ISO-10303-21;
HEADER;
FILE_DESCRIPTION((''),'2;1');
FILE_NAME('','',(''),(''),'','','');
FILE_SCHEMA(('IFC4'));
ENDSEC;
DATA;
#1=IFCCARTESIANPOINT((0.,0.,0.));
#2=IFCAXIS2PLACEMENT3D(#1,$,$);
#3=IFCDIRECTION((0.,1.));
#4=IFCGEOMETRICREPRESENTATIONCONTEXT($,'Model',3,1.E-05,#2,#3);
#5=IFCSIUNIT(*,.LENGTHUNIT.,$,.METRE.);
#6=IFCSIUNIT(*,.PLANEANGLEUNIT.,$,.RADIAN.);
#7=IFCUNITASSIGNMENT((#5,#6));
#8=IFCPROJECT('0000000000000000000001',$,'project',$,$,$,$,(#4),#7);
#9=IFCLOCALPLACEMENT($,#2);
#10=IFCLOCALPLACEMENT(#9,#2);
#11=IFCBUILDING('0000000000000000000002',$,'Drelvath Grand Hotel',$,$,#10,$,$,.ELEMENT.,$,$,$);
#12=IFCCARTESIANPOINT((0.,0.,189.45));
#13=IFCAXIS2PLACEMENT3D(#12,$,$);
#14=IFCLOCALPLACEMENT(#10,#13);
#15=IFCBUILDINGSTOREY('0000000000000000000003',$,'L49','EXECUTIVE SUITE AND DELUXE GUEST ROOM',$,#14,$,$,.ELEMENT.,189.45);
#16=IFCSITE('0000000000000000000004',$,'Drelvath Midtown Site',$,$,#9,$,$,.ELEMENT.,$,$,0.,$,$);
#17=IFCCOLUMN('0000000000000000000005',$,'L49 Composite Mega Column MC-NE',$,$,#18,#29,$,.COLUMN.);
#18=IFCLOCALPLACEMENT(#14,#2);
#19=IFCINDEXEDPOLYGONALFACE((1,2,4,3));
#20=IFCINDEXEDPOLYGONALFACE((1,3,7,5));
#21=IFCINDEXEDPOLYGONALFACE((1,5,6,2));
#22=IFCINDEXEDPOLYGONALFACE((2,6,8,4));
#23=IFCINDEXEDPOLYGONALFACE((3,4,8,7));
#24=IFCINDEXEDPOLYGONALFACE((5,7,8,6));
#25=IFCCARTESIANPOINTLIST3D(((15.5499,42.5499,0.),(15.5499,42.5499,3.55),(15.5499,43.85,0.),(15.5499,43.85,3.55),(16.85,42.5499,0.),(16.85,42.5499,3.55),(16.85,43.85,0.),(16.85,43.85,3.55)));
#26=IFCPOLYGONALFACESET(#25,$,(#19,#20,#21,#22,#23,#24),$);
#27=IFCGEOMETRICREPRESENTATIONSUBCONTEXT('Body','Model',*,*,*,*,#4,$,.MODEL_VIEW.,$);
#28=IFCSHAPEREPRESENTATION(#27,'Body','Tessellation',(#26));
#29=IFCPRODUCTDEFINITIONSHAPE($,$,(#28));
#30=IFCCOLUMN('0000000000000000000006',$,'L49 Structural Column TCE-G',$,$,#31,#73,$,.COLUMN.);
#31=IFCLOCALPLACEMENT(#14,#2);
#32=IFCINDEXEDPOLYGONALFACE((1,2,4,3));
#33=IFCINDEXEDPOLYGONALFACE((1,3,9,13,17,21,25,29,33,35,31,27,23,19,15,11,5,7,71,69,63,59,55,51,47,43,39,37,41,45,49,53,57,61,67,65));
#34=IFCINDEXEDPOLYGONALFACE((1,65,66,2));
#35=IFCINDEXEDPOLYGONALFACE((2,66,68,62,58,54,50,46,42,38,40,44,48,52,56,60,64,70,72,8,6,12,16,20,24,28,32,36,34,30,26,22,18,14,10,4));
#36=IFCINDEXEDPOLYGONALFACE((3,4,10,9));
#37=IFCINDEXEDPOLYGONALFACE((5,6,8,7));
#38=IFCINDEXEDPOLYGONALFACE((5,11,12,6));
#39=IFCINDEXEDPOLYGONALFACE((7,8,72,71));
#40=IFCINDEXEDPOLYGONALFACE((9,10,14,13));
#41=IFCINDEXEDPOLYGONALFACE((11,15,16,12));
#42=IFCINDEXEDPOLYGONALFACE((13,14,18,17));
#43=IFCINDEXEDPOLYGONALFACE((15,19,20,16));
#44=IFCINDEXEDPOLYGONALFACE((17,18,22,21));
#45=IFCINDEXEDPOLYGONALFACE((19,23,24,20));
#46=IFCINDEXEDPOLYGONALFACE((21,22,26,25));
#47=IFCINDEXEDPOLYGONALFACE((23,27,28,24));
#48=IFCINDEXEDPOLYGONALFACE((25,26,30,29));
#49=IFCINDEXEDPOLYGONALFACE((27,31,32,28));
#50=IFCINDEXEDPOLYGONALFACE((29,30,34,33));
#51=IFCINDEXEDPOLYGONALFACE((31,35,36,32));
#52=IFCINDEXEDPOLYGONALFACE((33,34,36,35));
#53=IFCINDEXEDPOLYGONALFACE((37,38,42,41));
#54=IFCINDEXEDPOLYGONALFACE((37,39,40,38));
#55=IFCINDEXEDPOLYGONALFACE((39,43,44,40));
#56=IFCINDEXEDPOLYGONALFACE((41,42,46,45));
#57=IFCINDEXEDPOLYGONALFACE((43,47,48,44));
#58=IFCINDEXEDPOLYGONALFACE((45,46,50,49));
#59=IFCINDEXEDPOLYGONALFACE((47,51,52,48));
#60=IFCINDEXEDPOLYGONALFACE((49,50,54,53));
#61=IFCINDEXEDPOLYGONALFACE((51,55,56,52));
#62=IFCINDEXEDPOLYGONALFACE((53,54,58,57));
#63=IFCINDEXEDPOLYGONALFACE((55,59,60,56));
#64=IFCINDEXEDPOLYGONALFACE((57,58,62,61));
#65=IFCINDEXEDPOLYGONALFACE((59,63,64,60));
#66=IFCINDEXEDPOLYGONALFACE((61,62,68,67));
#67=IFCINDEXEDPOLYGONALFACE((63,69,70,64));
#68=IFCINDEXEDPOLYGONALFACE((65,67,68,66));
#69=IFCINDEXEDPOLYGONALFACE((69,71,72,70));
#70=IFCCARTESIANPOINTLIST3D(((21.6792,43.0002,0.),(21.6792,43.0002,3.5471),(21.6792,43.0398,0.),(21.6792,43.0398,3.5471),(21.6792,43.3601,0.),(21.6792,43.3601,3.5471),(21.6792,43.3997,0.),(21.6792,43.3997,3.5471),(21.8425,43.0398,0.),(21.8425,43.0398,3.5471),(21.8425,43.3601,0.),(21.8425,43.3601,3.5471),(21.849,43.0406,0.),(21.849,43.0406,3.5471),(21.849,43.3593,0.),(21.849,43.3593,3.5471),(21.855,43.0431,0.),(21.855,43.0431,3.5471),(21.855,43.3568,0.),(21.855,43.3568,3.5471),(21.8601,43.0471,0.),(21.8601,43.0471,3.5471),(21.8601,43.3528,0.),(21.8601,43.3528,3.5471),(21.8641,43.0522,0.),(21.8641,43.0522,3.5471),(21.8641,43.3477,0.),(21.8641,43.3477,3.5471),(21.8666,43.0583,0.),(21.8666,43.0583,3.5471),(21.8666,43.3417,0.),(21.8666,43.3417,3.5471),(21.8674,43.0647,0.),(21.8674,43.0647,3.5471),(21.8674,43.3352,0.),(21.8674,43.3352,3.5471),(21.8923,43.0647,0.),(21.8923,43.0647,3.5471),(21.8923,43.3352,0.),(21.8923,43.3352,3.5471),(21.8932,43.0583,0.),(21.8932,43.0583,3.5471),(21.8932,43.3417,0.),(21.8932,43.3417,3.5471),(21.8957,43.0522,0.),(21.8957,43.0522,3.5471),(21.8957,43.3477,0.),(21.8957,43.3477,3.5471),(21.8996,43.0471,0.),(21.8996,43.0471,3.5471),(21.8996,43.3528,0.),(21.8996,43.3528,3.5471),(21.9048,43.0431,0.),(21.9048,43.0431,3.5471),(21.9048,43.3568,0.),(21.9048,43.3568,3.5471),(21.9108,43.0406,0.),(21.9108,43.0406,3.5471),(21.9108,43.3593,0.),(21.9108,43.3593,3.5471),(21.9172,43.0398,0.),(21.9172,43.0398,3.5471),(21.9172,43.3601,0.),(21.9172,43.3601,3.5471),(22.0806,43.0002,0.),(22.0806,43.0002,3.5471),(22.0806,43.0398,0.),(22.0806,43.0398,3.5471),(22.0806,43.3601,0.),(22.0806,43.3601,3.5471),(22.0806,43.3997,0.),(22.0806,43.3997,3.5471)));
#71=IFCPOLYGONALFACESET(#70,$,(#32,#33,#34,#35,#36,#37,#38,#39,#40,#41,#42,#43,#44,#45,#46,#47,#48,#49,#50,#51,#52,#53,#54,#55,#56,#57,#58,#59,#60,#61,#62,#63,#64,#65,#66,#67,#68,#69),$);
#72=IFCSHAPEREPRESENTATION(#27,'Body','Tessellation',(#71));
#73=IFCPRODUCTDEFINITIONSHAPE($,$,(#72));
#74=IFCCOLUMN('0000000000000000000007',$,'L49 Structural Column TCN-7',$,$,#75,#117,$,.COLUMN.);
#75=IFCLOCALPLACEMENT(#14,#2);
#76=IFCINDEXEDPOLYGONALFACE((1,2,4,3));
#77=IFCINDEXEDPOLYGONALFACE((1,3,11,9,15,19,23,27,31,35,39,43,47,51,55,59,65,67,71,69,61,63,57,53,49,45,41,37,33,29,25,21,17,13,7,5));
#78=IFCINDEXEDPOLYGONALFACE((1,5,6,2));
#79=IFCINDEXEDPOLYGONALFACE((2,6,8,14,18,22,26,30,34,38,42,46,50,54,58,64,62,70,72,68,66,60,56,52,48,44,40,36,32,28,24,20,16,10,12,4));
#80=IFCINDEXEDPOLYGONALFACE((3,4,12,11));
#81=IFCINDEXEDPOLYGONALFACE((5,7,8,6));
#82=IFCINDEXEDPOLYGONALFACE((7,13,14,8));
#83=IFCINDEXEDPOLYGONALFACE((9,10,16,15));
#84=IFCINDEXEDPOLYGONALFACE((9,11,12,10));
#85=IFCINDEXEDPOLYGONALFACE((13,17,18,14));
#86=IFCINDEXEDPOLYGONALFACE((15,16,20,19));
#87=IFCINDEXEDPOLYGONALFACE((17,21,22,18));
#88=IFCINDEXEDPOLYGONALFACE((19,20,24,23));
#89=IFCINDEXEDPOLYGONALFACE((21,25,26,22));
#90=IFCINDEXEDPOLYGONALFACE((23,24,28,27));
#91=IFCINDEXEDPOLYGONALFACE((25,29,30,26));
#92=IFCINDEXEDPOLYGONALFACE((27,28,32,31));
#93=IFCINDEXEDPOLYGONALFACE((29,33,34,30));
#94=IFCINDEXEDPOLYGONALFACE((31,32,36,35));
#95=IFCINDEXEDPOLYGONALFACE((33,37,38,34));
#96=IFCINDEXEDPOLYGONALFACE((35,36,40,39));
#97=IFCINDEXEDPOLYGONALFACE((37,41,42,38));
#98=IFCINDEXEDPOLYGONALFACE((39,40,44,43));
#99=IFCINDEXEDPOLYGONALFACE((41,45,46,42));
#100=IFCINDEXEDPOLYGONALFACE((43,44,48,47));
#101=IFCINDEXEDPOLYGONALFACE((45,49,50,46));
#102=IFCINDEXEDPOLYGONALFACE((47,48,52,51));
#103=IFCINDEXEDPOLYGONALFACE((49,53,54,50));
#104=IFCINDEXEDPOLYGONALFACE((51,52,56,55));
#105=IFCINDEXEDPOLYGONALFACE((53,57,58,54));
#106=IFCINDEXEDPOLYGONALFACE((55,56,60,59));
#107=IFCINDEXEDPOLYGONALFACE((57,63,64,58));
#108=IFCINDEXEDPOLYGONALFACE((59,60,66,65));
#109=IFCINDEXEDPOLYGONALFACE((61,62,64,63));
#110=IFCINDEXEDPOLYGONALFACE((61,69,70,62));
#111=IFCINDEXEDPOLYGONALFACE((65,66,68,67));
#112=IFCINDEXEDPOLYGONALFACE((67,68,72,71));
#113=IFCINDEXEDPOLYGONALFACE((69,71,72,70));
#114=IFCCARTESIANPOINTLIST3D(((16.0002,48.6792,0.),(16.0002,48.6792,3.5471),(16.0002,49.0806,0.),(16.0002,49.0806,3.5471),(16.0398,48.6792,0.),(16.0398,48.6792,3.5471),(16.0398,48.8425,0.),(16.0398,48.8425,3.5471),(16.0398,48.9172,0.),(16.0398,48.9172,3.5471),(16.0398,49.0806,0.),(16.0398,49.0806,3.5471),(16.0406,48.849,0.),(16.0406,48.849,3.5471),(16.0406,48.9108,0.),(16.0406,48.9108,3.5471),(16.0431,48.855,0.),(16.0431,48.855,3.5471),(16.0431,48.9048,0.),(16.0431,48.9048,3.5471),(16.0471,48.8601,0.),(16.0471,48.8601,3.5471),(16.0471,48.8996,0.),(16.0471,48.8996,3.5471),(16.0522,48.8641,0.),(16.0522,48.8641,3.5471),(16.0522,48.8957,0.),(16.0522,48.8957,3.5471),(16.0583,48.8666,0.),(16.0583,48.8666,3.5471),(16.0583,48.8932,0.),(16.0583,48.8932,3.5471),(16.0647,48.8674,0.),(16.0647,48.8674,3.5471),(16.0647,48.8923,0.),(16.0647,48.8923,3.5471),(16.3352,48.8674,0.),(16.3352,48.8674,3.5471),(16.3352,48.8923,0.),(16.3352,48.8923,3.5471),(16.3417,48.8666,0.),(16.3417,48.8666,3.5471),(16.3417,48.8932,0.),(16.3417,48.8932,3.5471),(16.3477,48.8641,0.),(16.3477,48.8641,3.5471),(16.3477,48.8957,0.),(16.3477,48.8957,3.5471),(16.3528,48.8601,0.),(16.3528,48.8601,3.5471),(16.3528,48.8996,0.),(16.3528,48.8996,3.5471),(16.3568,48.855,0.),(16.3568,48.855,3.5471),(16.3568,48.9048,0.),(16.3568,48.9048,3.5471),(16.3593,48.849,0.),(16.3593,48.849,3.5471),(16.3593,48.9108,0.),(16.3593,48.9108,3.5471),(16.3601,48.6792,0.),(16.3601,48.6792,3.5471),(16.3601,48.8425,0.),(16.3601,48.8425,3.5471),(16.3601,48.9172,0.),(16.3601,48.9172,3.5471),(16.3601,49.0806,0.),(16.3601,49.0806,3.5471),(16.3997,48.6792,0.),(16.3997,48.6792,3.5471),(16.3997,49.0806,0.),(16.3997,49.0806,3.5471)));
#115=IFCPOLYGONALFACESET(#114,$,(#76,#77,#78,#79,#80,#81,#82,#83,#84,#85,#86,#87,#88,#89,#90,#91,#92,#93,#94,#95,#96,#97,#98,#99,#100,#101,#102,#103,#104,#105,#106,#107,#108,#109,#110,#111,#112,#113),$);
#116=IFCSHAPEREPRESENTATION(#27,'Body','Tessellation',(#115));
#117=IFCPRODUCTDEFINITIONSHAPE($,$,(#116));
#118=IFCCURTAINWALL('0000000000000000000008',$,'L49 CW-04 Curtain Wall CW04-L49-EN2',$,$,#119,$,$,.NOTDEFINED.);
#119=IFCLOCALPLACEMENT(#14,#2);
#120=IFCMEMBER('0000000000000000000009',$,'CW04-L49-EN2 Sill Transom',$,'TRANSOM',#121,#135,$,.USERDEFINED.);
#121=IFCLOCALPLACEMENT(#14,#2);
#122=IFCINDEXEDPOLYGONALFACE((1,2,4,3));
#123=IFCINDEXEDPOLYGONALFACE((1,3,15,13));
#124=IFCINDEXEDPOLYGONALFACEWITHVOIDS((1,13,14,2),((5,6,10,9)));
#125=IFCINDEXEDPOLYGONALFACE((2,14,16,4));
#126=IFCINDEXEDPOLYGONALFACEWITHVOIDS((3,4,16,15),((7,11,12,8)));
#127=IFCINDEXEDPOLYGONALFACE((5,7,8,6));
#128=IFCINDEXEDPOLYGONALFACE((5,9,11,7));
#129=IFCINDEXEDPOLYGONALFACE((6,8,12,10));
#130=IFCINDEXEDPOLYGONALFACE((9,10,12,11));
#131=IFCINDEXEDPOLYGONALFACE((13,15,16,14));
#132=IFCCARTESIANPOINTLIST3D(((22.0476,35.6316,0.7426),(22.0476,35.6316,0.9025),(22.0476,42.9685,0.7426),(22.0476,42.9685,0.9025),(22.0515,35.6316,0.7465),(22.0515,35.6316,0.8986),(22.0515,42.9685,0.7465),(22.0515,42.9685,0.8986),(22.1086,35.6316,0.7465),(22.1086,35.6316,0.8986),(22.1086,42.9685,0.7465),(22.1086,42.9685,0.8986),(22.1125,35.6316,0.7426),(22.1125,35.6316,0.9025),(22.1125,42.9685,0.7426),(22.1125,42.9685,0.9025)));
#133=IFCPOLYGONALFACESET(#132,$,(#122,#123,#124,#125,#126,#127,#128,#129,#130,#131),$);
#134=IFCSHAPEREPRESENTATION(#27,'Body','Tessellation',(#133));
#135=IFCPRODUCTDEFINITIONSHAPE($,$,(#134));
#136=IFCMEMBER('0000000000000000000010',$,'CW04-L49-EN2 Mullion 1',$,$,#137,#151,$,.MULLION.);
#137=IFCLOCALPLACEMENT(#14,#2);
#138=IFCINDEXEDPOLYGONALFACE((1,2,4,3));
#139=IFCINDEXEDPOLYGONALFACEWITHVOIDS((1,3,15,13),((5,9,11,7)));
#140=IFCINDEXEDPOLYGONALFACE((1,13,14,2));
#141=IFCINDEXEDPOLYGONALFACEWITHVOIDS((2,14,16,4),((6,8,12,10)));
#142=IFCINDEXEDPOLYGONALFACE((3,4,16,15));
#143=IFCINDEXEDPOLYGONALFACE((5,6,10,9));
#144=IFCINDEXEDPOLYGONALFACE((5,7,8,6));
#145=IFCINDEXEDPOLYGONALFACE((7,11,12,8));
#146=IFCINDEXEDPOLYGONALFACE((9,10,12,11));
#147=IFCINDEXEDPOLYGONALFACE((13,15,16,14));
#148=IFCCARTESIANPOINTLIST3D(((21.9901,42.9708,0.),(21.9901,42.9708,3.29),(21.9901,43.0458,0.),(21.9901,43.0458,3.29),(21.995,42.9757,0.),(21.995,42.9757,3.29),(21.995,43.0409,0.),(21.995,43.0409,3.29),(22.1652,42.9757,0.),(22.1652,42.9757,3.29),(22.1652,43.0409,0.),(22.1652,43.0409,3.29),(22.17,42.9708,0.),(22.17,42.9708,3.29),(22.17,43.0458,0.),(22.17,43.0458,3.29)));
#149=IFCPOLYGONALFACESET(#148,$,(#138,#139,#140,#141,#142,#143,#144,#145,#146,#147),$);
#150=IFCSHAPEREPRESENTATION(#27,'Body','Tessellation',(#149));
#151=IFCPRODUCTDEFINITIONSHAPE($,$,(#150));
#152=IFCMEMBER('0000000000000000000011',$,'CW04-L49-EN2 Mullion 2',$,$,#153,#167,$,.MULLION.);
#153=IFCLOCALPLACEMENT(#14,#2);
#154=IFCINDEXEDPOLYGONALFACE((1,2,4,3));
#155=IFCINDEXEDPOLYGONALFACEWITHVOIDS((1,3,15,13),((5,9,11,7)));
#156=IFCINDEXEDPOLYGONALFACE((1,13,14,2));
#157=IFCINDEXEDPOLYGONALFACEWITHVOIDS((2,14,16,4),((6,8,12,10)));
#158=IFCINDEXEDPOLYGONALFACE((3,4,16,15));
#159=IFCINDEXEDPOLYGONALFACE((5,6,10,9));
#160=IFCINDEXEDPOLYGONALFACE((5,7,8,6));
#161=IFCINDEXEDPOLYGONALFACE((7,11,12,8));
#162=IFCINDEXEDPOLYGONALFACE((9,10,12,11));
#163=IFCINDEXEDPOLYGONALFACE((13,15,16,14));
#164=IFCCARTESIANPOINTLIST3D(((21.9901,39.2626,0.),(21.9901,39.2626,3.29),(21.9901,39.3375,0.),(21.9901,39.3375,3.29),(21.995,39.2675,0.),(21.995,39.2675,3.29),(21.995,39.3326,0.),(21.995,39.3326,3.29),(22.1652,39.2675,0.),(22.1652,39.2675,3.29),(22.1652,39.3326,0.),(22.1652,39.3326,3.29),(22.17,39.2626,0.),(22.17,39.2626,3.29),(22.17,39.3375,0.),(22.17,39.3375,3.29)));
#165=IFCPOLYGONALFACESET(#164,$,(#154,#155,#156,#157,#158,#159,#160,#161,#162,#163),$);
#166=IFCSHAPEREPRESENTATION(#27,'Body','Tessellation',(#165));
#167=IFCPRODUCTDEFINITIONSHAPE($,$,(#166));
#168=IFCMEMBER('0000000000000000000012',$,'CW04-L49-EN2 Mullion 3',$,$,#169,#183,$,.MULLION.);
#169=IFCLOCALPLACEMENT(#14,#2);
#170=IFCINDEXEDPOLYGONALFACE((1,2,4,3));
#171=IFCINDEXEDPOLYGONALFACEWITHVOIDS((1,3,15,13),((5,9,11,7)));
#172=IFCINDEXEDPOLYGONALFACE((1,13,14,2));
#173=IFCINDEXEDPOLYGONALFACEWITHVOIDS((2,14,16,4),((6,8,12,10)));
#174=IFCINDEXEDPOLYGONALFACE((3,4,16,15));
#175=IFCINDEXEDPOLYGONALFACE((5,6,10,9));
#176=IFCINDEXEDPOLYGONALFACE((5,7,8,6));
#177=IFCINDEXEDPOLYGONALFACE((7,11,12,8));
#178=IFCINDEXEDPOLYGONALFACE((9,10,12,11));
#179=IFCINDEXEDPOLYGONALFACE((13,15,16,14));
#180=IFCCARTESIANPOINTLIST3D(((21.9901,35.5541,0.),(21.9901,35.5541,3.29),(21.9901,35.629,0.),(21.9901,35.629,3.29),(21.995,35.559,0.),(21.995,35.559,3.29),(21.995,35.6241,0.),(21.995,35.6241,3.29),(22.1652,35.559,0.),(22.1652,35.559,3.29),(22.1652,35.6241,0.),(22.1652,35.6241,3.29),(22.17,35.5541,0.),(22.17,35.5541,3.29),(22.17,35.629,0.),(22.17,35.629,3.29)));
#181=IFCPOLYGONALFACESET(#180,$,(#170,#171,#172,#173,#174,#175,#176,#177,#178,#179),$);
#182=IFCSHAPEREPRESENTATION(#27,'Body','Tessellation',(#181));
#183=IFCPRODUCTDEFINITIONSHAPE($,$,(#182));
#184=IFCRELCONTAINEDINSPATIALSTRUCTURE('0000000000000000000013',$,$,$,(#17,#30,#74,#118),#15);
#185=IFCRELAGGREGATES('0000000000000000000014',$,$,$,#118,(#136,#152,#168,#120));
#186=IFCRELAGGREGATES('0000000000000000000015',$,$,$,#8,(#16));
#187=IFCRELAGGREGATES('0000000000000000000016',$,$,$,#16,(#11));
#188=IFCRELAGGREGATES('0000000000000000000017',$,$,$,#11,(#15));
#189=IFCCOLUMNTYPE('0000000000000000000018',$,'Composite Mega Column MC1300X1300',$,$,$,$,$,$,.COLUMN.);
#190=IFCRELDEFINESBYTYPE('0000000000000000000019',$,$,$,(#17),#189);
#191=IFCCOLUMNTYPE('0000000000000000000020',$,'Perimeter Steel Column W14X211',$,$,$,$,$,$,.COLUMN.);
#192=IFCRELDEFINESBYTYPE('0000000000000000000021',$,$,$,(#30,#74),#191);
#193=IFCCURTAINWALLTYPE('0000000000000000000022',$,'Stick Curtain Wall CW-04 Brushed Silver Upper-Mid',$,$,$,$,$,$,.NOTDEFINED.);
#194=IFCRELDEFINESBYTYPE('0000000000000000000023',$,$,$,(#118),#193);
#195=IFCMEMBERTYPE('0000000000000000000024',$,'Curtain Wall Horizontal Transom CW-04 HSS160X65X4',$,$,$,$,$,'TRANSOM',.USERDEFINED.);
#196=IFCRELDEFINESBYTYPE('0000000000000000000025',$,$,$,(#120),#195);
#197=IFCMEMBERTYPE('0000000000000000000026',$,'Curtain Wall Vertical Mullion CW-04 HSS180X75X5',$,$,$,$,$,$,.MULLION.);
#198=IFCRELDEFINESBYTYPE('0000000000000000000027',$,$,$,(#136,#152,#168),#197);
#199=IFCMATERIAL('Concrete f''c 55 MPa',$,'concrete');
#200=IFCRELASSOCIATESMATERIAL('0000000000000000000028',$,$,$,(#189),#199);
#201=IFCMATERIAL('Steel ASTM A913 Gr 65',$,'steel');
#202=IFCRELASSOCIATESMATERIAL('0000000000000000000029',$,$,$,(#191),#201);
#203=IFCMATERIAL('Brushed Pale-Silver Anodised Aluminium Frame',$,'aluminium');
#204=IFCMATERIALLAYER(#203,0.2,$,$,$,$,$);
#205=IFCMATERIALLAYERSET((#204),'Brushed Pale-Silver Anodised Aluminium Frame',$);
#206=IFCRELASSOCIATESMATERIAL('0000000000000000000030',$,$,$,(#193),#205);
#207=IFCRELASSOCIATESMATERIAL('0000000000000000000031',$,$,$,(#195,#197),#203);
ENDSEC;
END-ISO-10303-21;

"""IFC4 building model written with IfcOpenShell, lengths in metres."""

from ifc_helpers import new_model, si_unit, direction, frame, origin, origin_2d, place, context, subcontext, project, spatial, rectangle, hollow_rectangle, i_section, extrude, material, layer, layer_set, material_profile, profile_set, type_object, element, aggregate, save


model = new_model("IFC4")

# Units and contexts
model_context = context("Model", 3, precision=1e-05, world=origin(), true_north=direction((0.0, 1.0)))
body_context = subcontext(model_context, "Body", "Model", "MODEL_VIEW")
ifc_project = project(units=[si_unit("LENGTHUNIT", "METRE"), si_unit("PLANEANGLEUNIT", "RADIAN")], contexts=[model_context])

# Site, building, storey
site_placement = place(None, origin())
site = spatial("IfcSite", under=ifc_project, at=site_placement, Name="Drelvath Midtown Site", CompositionType="ELEMENT", RefElevation=0.0)
building_placement = place(site_placement, origin())
building = spatial("IfcBuilding", under=site, at=building_placement, Name="Drelvath Grand Hotel", CompositionType="ELEMENT")
storey_placement = place(building_placement, frame((0.0, 0.0, 189.45)))
storey = spatial("IfcBuildingStorey", under=building, at=storey_placement, Name="L49", Description="EXECUTIVE SUITE AND DELUXE GUEST ROOM", CompositionType="ELEMENT", Elevation=189.45)

# Columns
ifc_material_1 = material(Name="Concrete f'c 55 MPa", Category="concrete")
ifc_material_profile_1 = material_profile(ifc_material_1, rectangle(XDim=1.3, YDim=1.3, at=origin_2d()), Name="MC1300X1300")
ifc_profile_set_1 = profile_set([ifc_material_profile_1], Name="Concrete f'c 55 MPa")
column_type_1 = type_object("IfcColumnType", Name="Composite Mega Column MC1300X1300", PredefinedType="COLUMN", material=ifc_profile_set_1)
column_placement = place(storey_placement, frame((16.2, 43.2, 0.0), z_axis=(0.0, 0.0, 1.0), x_axis=(1.0, 0.0, 0.0)))
element("IfcColumn", 1, at=column_placement, inside=storey, type_object=column_type_1, Name="L49 Composite Mega Column MC-NE", PredefinedType="COLUMN", context=body_context, shape_type="SweptSolid", body=[
    extrude(rectangle(XDim=1.3, YDim=1.3, at=origin_2d()), origin(), (0.0, 0.0, 1.0), 3.55),
])
ifc_material_2 = material(Name="Steel ASTM A913 Gr 65", Category="steel")
ifc_material_profile_2 = material_profile(ifc_material_2, i_section(OverallWidth=0.4014, OverallDepth=0.3994, WebThickness=0.0249, FlangeThickness=0.0396, FilletRadius=0.0249, at=origin_2d()), Name="W14X211")
ifc_profile_set_2 = profile_set([ifc_material_profile_2], Name="Steel ASTM A913 Gr 65")
column_type_2 = type_object("IfcColumnType", Name="Perimeter Steel Column W14X211", PredefinedType="COLUMN", material=ifc_profile_set_2)
for number, where, z_axis, x_axis, name in (
    (2, (21.8799, 43.2, 0.0), (0.0, 0.0, 1.0), (1.0, 0.0, 0.0), "L49 Structural Column TCE-G"),
    (3, (16.2, 48.8799, 0.0), (0.0, 0.0, 1.0), (0.0, 1.0, 0.0), "L49 Structural Column TCN-7"),
):
    element("IfcColumn", number, at=place(storey_placement, frame(where, z_axis=z_axis, x_axis=x_axis)), inside=storey, type_object=column_type_2, Name=name, PredefinedType="COLUMN", context=body_context, shape_type="SweptSolid", body=[
        extrude(i_section(OverallWidth=0.4014, OverallDepth=0.3994, WebThickness=0.0249, FlangeThickness=0.0396, FilletRadius=0.0249, at=origin_2d()), origin(), (0.0, 0.0, 1.0), 3.5471),
    ])

# Curtain wall, members
ifc_material_3 = material(Name="Brushed Pale-Silver Anodised Aluminium Frame", Category="aluminium")
ifc_layer_1 = layer(ifc_material_3, 0.2)
ifc_layer_set_1 = layer_set([ifc_layer_1], Name="Brushed Pale-Silver Anodised Aluminium Frame")
curtain_wall_type = type_object("IfcCurtainWallType", Name="Stick Curtain Wall CW-04 Brushed Silver Upper-Mid", PredefinedType="NOTDEFINED", material=ifc_layer_set_1)
curtain_wall_1_placement = place(storey_placement, origin())
curtain_wall_1 = element("IfcCurtainWall", 4, at=curtain_wall_1_placement, inside=storey, type_object=curtain_wall_type, Name="L49 CW-04 Curtain Wall CW04-L49-EN2", PredefinedType="NOTDEFINED")
ifc_material_profile_3 = material_profile(ifc_material_3, hollow_rectangle(XDim=0.0649, YDim=0.1599, WallThickness=0.0039, at=origin_2d()), Name="HSS160X65X4")
ifc_profile_set_3 = profile_set([ifc_material_profile_3], Name="Brushed Pale-Silver Anodised Aluminium Frame")
member_type_1 = type_object("IfcMemberType", Name="Curtain Wall Horizontal Transom CW-04 HSS160X65X4", ElementType="TRANSOM", PredefinedType="USERDEFINED", material=ifc_profile_set_3)
member_1_placement = place(storey_placement, frame((22.0801, 42.9685, 0.8225), z_axis=(0.0, -1.0, 0.0), x_axis=(1.0, 0.0, 0.0)))
member_1 = element("IfcMember", 5, at=member_1_placement, type_object=member_type_1, Name="CW04-L49-EN2 Sill Transom", ObjectType="TRANSOM", PredefinedType="USERDEFINED", context=body_context, shape_type="SweptSolid", body=[
    extrude(hollow_rectangle(XDim=0.0649, YDim=0.1599, WallThickness=0.0039, at=origin_2d()), origin(), (0.0, 0.0, 1.0), 7.3369),
])
ifc_material_profile_4 = material_profile(ifc_material_3, hollow_rectangle(XDim=0.075, YDim=0.1799, WallThickness=0.0049, at=origin_2d()), Name="HSS180X75X5")
ifc_profile_set_4 = profile_set([ifc_material_profile_4], Name="Brushed Pale-Silver Anodised Aluminium Frame")
member_type_2 = type_object("IfcMemberType", Name="Curtain Wall Vertical Mullion CW-04 HSS180X75X5", PredefinedType="MULLION", material=ifc_profile_set_4)
member_2_placement = place(storey_placement, frame((22.0801, 43.0083, 0.0), z_axis=(0.0, 0.0, 1.0), x_axis=(0.0, 1.0, 0.0)))
member_2 = element("IfcMember", 6, at=member_2_placement, type_object=member_type_2, Name="CW04-L49-EN2 Mullion 1", PredefinedType="MULLION", context=body_context, shape_type="SweptSolid", body=[
    extrude(hollow_rectangle(XDim=0.075, YDim=0.1799, WallThickness=0.0049, at=origin_2d()), origin(), (0.0, 0.0, 1.0), 3.29),
])
member_3_placement = place(storey_placement, frame((22.0801, 39.3, 0.0), z_axis=(0.0, 0.0, 1.0), x_axis=(0.0, 1.0, 0.0)))
member_3 = element("IfcMember", 7, at=member_3_placement, type_object=member_type_2, Name="CW04-L49-EN2 Mullion 2", PredefinedType="MULLION", context=body_context, shape_type="SweptSolid", body=[
    extrude(hollow_rectangle(XDim=0.075, YDim=0.1799, WallThickness=0.0049, at=origin_2d()), origin(), (0.0, 0.0, 1.0), 3.29),
])
member_4_placement = place(storey_placement, frame((22.0801, 35.5916, 0.0), z_axis=(0.0, 0.0, 1.0), x_axis=(0.0, 1.0, 0.0)))
member_4 = element("IfcMember", 8, at=member_4_placement, type_object=member_type_2, Name="CW04-L49-EN2 Mullion 3", PredefinedType="MULLION", context=body_context, shape_type="SweptSolid", body=[
    extrude(hollow_rectangle(XDim=0.075, YDim=0.1799, WallThickness=0.0049, at=origin_2d()), origin(), (0.0, 0.0, 1.0), 3.29),
])

aggregate(curtain_wall_1, [member_2, member_3, member_4, member_1])

save(model, "model.ifc")
